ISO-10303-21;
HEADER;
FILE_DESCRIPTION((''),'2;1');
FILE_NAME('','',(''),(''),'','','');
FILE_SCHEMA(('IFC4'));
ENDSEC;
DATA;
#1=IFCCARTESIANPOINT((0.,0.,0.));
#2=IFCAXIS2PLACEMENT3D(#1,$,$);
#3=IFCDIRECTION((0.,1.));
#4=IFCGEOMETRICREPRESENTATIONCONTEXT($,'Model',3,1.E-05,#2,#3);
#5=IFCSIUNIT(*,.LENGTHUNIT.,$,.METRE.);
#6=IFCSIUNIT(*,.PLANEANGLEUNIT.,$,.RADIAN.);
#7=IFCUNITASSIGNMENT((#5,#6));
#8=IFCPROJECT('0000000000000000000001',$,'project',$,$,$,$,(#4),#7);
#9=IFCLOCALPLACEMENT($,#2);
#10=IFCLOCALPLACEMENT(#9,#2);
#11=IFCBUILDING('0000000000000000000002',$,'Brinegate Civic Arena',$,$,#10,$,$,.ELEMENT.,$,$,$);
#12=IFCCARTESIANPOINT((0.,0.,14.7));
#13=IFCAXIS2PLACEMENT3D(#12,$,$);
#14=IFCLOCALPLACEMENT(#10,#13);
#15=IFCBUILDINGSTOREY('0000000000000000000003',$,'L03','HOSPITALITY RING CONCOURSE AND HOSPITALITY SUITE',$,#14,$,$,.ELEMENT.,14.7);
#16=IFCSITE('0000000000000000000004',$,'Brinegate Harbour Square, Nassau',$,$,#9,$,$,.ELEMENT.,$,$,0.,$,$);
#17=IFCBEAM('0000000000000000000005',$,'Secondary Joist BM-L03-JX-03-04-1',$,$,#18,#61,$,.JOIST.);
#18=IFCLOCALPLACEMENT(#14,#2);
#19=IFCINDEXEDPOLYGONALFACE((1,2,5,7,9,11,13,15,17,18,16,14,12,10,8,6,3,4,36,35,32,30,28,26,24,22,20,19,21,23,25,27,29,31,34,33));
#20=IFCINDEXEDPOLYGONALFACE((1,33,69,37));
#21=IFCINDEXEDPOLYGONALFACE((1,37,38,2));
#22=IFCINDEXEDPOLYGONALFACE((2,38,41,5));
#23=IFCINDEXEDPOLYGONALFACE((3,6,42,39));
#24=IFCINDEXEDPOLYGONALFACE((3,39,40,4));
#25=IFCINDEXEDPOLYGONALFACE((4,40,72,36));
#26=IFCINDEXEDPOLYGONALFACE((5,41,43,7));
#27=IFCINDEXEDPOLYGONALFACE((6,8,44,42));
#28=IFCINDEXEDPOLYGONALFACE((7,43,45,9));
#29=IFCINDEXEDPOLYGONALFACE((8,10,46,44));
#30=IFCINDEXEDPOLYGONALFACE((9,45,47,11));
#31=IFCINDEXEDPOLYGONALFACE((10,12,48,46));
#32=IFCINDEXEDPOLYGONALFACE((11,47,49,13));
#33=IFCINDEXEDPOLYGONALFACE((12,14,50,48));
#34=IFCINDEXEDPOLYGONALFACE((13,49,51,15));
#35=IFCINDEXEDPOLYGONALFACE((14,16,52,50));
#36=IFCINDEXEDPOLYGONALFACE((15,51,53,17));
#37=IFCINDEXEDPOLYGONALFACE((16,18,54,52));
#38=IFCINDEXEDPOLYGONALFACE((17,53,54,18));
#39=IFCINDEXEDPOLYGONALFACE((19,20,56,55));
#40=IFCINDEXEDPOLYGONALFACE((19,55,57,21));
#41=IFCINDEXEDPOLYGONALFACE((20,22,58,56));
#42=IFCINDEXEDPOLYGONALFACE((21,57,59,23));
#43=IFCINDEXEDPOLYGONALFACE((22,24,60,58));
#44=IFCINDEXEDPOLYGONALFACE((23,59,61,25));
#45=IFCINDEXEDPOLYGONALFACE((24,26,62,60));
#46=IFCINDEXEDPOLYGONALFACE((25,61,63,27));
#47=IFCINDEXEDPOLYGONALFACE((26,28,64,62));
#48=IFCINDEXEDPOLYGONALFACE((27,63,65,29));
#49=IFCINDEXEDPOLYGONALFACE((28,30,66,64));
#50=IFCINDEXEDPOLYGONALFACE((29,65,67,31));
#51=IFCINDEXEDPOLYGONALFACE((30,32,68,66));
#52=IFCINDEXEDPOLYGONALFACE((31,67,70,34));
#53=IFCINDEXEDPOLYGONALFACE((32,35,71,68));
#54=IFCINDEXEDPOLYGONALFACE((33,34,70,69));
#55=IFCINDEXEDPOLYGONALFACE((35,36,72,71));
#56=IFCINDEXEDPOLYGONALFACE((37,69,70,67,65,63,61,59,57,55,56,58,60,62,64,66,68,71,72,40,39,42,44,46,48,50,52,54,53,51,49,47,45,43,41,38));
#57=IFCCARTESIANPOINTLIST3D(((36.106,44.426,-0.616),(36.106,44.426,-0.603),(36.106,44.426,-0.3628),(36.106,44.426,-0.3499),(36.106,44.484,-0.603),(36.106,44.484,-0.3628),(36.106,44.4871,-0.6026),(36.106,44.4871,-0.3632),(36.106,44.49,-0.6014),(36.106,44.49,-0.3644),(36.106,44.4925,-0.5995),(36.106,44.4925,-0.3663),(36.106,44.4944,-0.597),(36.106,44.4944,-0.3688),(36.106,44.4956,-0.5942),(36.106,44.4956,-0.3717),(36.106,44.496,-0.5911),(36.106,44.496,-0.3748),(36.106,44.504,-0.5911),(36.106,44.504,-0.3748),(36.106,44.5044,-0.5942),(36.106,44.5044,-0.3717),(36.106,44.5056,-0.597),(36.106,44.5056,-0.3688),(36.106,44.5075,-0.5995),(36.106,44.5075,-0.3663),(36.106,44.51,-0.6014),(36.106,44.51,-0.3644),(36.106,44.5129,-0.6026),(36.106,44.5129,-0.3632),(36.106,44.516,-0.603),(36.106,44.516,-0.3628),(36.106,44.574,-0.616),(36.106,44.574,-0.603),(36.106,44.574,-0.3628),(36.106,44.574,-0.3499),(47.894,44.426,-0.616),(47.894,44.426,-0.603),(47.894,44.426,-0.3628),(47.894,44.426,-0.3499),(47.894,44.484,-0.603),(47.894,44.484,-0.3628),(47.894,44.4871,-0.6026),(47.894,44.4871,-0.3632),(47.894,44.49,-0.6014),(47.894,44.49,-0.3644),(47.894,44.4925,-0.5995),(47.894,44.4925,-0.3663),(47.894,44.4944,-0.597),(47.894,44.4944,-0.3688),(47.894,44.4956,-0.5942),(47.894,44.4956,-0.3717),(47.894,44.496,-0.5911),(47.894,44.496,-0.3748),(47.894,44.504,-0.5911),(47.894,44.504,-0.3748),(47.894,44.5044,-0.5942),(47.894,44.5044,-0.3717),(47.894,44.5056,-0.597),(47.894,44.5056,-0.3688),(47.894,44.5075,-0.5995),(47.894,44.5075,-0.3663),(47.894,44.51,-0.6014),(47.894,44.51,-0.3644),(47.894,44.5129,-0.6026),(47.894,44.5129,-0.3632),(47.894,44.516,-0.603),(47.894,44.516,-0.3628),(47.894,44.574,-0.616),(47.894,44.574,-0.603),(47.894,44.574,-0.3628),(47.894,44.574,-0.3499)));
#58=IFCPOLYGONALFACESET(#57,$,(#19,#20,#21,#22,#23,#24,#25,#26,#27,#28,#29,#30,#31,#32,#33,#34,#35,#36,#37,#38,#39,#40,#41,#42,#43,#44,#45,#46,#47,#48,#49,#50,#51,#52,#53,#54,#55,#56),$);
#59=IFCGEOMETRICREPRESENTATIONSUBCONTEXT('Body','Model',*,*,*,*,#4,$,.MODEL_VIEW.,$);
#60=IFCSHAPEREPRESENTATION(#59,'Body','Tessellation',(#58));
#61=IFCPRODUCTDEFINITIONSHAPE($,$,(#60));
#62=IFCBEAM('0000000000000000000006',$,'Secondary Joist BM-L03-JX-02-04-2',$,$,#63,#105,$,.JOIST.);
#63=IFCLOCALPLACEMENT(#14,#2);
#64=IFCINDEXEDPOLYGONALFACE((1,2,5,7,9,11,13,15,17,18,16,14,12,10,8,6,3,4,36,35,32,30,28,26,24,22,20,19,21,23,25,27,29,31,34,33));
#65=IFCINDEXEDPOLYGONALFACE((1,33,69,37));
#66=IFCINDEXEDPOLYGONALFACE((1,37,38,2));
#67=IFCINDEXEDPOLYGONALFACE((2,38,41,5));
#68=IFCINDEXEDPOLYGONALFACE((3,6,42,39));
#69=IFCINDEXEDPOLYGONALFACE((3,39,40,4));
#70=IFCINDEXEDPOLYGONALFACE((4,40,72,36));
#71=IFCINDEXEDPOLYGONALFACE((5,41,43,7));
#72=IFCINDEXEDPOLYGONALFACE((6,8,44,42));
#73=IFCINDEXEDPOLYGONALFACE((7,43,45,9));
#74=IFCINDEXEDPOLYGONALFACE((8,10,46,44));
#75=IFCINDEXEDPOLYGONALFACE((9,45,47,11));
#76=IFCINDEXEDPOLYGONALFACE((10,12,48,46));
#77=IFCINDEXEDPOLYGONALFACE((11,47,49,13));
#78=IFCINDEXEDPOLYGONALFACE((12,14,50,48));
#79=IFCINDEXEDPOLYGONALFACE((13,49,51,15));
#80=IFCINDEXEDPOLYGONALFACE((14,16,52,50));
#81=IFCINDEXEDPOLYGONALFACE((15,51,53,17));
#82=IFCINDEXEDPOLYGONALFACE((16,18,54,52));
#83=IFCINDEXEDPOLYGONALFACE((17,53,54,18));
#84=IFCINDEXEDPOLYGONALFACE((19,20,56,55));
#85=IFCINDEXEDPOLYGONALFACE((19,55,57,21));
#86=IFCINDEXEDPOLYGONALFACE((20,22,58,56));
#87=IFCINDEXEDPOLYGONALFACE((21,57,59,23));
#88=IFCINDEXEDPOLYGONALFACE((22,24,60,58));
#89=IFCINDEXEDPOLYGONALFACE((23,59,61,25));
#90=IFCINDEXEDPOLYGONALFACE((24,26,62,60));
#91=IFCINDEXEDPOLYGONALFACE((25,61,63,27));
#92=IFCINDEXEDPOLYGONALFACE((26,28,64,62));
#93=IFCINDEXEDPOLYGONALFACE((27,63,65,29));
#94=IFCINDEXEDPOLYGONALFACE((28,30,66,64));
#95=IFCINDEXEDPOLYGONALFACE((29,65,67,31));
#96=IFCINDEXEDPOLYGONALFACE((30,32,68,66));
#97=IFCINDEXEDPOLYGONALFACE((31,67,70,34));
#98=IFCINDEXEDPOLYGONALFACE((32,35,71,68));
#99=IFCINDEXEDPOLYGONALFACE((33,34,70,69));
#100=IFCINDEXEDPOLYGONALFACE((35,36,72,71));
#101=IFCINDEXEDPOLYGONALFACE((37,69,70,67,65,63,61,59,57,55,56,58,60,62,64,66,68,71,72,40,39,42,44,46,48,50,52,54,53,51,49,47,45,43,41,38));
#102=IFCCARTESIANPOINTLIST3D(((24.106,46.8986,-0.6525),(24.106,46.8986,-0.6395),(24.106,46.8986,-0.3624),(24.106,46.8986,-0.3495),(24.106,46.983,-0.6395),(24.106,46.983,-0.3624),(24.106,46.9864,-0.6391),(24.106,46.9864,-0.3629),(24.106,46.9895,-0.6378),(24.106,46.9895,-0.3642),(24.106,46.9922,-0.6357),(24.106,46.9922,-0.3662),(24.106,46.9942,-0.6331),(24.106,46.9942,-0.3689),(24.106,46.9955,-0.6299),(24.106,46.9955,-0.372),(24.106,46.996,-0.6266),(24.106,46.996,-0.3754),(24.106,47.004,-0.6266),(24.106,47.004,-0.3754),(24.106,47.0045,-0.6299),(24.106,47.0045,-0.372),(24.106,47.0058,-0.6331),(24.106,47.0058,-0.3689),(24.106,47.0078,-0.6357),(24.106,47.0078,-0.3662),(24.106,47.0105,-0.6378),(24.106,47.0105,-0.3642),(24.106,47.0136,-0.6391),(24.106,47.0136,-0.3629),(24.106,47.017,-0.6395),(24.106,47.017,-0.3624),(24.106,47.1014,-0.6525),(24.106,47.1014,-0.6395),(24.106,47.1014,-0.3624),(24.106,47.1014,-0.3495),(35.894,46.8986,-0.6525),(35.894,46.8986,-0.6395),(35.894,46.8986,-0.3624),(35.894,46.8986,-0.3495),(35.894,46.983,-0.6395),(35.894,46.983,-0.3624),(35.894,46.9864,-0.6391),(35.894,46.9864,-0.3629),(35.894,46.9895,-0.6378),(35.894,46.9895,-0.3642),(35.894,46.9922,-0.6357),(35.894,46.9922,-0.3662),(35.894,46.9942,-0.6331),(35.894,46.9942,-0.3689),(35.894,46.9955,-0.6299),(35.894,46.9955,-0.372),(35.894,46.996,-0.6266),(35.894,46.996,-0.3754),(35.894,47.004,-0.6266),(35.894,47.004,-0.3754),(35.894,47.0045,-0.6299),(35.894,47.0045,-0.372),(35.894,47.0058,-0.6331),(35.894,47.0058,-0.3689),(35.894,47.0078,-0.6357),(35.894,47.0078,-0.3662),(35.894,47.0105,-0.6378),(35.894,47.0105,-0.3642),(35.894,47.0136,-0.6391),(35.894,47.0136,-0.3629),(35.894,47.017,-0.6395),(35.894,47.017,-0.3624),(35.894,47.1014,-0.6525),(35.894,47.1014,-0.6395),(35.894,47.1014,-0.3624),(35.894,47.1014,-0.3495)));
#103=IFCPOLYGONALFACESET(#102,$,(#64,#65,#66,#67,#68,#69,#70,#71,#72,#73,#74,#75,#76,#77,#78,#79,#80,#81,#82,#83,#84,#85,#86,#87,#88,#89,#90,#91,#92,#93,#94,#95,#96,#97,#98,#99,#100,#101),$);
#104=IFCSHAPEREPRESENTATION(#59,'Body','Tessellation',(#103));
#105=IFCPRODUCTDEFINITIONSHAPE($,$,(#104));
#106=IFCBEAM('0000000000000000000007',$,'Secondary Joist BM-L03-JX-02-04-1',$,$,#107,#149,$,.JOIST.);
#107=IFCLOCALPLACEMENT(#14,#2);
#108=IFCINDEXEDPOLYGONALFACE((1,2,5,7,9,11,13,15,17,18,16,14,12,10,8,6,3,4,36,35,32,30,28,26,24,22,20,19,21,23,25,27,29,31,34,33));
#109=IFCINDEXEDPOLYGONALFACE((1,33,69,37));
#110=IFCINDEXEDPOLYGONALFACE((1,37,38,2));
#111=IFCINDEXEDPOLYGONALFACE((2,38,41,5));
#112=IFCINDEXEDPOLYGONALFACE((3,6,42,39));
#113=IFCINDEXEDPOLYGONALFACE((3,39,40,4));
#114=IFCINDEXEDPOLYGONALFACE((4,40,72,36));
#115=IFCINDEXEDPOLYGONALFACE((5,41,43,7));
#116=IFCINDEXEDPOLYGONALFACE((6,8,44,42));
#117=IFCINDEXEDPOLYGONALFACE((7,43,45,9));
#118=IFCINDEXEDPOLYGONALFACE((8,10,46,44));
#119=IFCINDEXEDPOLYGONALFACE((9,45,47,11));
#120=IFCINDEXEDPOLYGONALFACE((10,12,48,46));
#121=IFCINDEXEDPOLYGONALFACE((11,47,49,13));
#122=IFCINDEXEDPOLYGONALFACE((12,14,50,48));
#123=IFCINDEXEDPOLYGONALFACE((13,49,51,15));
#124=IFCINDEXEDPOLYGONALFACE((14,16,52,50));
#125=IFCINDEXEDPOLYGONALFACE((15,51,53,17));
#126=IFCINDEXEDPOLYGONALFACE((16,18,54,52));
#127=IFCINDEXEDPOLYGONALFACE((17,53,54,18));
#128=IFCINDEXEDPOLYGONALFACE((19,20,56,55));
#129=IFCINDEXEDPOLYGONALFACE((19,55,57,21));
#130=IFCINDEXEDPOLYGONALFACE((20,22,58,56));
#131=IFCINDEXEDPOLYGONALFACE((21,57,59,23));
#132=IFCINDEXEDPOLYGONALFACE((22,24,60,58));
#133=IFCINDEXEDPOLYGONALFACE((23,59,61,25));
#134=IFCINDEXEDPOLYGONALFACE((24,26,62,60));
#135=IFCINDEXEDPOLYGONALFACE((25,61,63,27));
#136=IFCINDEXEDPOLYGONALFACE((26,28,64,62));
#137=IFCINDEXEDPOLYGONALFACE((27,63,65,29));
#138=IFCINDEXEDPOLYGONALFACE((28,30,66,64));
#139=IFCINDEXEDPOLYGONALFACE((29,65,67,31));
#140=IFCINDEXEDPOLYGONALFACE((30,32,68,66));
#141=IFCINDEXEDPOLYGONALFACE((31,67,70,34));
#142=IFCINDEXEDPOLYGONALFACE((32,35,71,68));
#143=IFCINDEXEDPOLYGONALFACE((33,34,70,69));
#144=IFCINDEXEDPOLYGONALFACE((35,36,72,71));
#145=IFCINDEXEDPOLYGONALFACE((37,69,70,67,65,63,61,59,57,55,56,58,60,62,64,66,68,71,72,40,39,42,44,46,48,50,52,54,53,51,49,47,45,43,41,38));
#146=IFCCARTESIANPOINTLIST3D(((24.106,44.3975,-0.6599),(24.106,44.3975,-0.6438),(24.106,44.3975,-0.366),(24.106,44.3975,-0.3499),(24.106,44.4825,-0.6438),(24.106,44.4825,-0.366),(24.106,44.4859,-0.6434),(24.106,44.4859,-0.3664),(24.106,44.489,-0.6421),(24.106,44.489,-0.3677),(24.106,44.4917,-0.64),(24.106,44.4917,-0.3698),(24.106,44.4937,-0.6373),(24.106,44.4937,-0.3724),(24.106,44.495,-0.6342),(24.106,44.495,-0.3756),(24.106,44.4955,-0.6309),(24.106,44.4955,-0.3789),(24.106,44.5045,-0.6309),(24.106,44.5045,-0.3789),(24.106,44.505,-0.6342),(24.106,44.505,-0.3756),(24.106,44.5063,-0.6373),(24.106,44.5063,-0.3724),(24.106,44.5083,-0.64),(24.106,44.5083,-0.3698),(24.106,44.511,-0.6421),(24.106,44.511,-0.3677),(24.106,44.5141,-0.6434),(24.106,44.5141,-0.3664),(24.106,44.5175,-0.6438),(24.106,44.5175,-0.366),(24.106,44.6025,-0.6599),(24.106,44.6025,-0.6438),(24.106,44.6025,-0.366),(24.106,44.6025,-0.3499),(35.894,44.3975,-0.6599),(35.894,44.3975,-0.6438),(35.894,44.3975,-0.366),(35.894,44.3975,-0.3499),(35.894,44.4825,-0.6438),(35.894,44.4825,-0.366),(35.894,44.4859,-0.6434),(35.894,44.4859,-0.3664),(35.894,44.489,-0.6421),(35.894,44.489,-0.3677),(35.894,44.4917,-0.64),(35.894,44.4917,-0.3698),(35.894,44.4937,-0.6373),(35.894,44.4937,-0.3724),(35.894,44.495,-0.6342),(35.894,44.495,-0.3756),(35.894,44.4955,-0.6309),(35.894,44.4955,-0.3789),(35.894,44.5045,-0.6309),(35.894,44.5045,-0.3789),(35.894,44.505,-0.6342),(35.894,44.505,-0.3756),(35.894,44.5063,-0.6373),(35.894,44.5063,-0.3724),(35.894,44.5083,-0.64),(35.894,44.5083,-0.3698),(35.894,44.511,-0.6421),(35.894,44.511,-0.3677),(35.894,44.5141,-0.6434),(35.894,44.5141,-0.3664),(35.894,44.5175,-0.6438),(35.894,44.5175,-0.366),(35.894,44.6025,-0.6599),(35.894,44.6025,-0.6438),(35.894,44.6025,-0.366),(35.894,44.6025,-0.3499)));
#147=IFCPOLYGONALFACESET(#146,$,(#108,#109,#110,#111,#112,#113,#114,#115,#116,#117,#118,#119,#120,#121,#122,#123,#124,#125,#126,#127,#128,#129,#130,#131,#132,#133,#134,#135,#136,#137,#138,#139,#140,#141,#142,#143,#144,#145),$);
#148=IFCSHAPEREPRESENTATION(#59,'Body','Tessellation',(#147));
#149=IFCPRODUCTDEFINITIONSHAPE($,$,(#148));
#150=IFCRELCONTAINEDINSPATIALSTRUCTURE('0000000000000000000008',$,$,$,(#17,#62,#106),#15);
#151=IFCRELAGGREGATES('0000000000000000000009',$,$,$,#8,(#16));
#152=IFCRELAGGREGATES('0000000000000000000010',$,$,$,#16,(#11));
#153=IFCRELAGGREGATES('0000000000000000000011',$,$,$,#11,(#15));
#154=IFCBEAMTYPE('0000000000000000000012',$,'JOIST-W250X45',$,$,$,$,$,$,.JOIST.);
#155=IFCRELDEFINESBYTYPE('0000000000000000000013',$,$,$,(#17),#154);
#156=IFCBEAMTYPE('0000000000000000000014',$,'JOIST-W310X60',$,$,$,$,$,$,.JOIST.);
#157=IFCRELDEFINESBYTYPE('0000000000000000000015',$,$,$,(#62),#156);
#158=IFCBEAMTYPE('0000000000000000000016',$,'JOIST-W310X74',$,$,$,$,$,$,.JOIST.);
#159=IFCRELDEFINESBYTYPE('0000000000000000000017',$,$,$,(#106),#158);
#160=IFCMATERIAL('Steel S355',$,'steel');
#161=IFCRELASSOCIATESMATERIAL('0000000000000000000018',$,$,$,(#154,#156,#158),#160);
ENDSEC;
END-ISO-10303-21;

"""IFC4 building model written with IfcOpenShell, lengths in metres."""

from ifc_helpers import new_model, si_unit, direction, frame, origin, origin_2d, place, context, subcontext, project, spatial, i_section, extrude, material, material_profile, profile_set, type_object, element, save


model = new_model("IFC4")

# Units and contexts
model_context = context("Model", 3, precision=1e-05, world=origin(), true_north=direction((0.0, 1.0)))
body_context = subcontext(model_context, "Body", "Model", "MODEL_VIEW")
ifc_project = project(units=[si_unit("LENGTHUNIT", "METRE"), si_unit("PLANEANGLEUNIT", "RADIAN")], contexts=[model_context])

# Site, building, storey
site_placement = place(None, origin())
site = spatial("IfcSite", under=ifc_project, at=site_placement, Name="Brinegate Harbour Square, Nassau", CompositionType="ELEMENT", RefElevation=0.0)
building_placement = place(site_placement, origin())
building = spatial("IfcBuilding", under=site, at=building_placement, Name="Brinegate Civic Arena", CompositionType="ELEMENT")
storey_placement = place(building_placement, frame((0.0, 0.0, 14.7)))
storey = spatial("IfcBuildingStorey", under=building, at=storey_placement, Name="L03", Description="HOSPITALITY RING CONCOURSE AND HOSPITALITY SUITE", CompositionType="ELEMENT", Elevation=14.7)

# Shared definitions
ifc_material_1 = material(Name="Steel S355", Category="steel")

# Beams
ifc_material_profile_1 = material_profile(ifc_material_1, i_section(OverallWidth=0.1479, OverallDepth=0.2661, WebThickness=0.0081, FlangeThickness=0.0129, FilletRadius=0.012, at=origin_2d()), Name="W250X45")
ifc_profile_set_1 = profile_set([ifc_material_profile_1], Name="Steel S355")
beam_type_1 = type_object("IfcBeamType", Name="JOIST-W250X45", PredefinedType="JOIST", material=ifc_profile_set_1)
beam_1_placement = place(storey_placement, frame((36.106, 44.5, -0.4829), z_axis=(1.0, 0.0, 0.0), x_axis=(0.0, 1.0, 0.0)))
element("IfcBeam", 1, at=beam_1_placement, inside=storey, type_object=beam_type_1, Name="Secondary Joist BM-L03-JX-03-04-1", PredefinedType="JOIST", context=body_context, shape_type="SweptSolid", body=[
    extrude(i_section(OverallWidth=0.1479, OverallDepth=0.2661, WebThickness=0.0081, FlangeThickness=0.0129, FilletRadius=0.012, at=origin_2d()), origin(), (0.0, 0.0, 1.0), 11.7881),
])
ifc_material_profile_2 = material_profile(ifc_material_1, i_section(OverallWidth=0.2029, OverallDepth=0.303, WebThickness=0.0081, FlangeThickness=0.0129, FilletRadius=0.0129, at=origin_2d()), Name="W310X60")
ifc_profile_set_2 = profile_set([ifc_material_profile_2], Name="Steel S355")
beam_type_2 = type_object("IfcBeamType", Name="JOIST-W310X60", PredefinedType="JOIST", material=ifc_profile_set_2)
beam_2_placement = place(storey_placement, frame((24.106, 47.0, -0.501), z_axis=(1.0, 0.0, 0.0), x_axis=(0.0, 1.0, 0.0)))
element("IfcBeam", 2, at=beam_2_placement, inside=storey, type_object=beam_type_2, Name="Secondary Joist BM-L03-JX-02-04-2", PredefinedType="JOIST", context=body_context, shape_type="SweptSolid", body=[
    extrude(i_section(OverallWidth=0.2029, OverallDepth=0.303, WebThickness=0.0081, FlangeThickness=0.0129, FilletRadius=0.0129, at=origin_2d()), origin(), (0.0, 0.0, 1.0), 11.7881),
])
ifc_material_profile_3 = material_profile(ifc_material_1, i_section(OverallWidth=0.2051, OverallDepth=0.3101, WebThickness=0.009, FlangeThickness=0.0161, FilletRadius=0.0129, at=origin_2d()), Name="W310X74")
ifc_profile_set_3 = profile_set([ifc_material_profile_3], Name="Steel S355")
beam_type_3 = type_object("IfcBeamType", Name="JOIST-W310X74", PredefinedType="JOIST", material=ifc_profile_set_3)
beam_3_placement = place(storey_placement, frame((24.106, 44.5, -0.5049), z_axis=(1.0, 0.0, 0.0), x_axis=(0.0, 1.0, 0.0)))
element("IfcBeam", 3, at=beam_3_placement, inside=storey, type_object=beam_type_3, Name="Secondary Joist BM-L03-JX-02-04-1", PredefinedType="JOIST", context=body_context, shape_type="SweptSolid", body=[
    extrude(i_section(OverallWidth=0.2051, OverallDepth=0.3101, WebThickness=0.009, FlangeThickness=0.0161, FilletRadius=0.0129, at=origin_2d()), origin(), (0.0, 0.0, 1.0), 11.7881),
])

save(model, "model.ifc")
